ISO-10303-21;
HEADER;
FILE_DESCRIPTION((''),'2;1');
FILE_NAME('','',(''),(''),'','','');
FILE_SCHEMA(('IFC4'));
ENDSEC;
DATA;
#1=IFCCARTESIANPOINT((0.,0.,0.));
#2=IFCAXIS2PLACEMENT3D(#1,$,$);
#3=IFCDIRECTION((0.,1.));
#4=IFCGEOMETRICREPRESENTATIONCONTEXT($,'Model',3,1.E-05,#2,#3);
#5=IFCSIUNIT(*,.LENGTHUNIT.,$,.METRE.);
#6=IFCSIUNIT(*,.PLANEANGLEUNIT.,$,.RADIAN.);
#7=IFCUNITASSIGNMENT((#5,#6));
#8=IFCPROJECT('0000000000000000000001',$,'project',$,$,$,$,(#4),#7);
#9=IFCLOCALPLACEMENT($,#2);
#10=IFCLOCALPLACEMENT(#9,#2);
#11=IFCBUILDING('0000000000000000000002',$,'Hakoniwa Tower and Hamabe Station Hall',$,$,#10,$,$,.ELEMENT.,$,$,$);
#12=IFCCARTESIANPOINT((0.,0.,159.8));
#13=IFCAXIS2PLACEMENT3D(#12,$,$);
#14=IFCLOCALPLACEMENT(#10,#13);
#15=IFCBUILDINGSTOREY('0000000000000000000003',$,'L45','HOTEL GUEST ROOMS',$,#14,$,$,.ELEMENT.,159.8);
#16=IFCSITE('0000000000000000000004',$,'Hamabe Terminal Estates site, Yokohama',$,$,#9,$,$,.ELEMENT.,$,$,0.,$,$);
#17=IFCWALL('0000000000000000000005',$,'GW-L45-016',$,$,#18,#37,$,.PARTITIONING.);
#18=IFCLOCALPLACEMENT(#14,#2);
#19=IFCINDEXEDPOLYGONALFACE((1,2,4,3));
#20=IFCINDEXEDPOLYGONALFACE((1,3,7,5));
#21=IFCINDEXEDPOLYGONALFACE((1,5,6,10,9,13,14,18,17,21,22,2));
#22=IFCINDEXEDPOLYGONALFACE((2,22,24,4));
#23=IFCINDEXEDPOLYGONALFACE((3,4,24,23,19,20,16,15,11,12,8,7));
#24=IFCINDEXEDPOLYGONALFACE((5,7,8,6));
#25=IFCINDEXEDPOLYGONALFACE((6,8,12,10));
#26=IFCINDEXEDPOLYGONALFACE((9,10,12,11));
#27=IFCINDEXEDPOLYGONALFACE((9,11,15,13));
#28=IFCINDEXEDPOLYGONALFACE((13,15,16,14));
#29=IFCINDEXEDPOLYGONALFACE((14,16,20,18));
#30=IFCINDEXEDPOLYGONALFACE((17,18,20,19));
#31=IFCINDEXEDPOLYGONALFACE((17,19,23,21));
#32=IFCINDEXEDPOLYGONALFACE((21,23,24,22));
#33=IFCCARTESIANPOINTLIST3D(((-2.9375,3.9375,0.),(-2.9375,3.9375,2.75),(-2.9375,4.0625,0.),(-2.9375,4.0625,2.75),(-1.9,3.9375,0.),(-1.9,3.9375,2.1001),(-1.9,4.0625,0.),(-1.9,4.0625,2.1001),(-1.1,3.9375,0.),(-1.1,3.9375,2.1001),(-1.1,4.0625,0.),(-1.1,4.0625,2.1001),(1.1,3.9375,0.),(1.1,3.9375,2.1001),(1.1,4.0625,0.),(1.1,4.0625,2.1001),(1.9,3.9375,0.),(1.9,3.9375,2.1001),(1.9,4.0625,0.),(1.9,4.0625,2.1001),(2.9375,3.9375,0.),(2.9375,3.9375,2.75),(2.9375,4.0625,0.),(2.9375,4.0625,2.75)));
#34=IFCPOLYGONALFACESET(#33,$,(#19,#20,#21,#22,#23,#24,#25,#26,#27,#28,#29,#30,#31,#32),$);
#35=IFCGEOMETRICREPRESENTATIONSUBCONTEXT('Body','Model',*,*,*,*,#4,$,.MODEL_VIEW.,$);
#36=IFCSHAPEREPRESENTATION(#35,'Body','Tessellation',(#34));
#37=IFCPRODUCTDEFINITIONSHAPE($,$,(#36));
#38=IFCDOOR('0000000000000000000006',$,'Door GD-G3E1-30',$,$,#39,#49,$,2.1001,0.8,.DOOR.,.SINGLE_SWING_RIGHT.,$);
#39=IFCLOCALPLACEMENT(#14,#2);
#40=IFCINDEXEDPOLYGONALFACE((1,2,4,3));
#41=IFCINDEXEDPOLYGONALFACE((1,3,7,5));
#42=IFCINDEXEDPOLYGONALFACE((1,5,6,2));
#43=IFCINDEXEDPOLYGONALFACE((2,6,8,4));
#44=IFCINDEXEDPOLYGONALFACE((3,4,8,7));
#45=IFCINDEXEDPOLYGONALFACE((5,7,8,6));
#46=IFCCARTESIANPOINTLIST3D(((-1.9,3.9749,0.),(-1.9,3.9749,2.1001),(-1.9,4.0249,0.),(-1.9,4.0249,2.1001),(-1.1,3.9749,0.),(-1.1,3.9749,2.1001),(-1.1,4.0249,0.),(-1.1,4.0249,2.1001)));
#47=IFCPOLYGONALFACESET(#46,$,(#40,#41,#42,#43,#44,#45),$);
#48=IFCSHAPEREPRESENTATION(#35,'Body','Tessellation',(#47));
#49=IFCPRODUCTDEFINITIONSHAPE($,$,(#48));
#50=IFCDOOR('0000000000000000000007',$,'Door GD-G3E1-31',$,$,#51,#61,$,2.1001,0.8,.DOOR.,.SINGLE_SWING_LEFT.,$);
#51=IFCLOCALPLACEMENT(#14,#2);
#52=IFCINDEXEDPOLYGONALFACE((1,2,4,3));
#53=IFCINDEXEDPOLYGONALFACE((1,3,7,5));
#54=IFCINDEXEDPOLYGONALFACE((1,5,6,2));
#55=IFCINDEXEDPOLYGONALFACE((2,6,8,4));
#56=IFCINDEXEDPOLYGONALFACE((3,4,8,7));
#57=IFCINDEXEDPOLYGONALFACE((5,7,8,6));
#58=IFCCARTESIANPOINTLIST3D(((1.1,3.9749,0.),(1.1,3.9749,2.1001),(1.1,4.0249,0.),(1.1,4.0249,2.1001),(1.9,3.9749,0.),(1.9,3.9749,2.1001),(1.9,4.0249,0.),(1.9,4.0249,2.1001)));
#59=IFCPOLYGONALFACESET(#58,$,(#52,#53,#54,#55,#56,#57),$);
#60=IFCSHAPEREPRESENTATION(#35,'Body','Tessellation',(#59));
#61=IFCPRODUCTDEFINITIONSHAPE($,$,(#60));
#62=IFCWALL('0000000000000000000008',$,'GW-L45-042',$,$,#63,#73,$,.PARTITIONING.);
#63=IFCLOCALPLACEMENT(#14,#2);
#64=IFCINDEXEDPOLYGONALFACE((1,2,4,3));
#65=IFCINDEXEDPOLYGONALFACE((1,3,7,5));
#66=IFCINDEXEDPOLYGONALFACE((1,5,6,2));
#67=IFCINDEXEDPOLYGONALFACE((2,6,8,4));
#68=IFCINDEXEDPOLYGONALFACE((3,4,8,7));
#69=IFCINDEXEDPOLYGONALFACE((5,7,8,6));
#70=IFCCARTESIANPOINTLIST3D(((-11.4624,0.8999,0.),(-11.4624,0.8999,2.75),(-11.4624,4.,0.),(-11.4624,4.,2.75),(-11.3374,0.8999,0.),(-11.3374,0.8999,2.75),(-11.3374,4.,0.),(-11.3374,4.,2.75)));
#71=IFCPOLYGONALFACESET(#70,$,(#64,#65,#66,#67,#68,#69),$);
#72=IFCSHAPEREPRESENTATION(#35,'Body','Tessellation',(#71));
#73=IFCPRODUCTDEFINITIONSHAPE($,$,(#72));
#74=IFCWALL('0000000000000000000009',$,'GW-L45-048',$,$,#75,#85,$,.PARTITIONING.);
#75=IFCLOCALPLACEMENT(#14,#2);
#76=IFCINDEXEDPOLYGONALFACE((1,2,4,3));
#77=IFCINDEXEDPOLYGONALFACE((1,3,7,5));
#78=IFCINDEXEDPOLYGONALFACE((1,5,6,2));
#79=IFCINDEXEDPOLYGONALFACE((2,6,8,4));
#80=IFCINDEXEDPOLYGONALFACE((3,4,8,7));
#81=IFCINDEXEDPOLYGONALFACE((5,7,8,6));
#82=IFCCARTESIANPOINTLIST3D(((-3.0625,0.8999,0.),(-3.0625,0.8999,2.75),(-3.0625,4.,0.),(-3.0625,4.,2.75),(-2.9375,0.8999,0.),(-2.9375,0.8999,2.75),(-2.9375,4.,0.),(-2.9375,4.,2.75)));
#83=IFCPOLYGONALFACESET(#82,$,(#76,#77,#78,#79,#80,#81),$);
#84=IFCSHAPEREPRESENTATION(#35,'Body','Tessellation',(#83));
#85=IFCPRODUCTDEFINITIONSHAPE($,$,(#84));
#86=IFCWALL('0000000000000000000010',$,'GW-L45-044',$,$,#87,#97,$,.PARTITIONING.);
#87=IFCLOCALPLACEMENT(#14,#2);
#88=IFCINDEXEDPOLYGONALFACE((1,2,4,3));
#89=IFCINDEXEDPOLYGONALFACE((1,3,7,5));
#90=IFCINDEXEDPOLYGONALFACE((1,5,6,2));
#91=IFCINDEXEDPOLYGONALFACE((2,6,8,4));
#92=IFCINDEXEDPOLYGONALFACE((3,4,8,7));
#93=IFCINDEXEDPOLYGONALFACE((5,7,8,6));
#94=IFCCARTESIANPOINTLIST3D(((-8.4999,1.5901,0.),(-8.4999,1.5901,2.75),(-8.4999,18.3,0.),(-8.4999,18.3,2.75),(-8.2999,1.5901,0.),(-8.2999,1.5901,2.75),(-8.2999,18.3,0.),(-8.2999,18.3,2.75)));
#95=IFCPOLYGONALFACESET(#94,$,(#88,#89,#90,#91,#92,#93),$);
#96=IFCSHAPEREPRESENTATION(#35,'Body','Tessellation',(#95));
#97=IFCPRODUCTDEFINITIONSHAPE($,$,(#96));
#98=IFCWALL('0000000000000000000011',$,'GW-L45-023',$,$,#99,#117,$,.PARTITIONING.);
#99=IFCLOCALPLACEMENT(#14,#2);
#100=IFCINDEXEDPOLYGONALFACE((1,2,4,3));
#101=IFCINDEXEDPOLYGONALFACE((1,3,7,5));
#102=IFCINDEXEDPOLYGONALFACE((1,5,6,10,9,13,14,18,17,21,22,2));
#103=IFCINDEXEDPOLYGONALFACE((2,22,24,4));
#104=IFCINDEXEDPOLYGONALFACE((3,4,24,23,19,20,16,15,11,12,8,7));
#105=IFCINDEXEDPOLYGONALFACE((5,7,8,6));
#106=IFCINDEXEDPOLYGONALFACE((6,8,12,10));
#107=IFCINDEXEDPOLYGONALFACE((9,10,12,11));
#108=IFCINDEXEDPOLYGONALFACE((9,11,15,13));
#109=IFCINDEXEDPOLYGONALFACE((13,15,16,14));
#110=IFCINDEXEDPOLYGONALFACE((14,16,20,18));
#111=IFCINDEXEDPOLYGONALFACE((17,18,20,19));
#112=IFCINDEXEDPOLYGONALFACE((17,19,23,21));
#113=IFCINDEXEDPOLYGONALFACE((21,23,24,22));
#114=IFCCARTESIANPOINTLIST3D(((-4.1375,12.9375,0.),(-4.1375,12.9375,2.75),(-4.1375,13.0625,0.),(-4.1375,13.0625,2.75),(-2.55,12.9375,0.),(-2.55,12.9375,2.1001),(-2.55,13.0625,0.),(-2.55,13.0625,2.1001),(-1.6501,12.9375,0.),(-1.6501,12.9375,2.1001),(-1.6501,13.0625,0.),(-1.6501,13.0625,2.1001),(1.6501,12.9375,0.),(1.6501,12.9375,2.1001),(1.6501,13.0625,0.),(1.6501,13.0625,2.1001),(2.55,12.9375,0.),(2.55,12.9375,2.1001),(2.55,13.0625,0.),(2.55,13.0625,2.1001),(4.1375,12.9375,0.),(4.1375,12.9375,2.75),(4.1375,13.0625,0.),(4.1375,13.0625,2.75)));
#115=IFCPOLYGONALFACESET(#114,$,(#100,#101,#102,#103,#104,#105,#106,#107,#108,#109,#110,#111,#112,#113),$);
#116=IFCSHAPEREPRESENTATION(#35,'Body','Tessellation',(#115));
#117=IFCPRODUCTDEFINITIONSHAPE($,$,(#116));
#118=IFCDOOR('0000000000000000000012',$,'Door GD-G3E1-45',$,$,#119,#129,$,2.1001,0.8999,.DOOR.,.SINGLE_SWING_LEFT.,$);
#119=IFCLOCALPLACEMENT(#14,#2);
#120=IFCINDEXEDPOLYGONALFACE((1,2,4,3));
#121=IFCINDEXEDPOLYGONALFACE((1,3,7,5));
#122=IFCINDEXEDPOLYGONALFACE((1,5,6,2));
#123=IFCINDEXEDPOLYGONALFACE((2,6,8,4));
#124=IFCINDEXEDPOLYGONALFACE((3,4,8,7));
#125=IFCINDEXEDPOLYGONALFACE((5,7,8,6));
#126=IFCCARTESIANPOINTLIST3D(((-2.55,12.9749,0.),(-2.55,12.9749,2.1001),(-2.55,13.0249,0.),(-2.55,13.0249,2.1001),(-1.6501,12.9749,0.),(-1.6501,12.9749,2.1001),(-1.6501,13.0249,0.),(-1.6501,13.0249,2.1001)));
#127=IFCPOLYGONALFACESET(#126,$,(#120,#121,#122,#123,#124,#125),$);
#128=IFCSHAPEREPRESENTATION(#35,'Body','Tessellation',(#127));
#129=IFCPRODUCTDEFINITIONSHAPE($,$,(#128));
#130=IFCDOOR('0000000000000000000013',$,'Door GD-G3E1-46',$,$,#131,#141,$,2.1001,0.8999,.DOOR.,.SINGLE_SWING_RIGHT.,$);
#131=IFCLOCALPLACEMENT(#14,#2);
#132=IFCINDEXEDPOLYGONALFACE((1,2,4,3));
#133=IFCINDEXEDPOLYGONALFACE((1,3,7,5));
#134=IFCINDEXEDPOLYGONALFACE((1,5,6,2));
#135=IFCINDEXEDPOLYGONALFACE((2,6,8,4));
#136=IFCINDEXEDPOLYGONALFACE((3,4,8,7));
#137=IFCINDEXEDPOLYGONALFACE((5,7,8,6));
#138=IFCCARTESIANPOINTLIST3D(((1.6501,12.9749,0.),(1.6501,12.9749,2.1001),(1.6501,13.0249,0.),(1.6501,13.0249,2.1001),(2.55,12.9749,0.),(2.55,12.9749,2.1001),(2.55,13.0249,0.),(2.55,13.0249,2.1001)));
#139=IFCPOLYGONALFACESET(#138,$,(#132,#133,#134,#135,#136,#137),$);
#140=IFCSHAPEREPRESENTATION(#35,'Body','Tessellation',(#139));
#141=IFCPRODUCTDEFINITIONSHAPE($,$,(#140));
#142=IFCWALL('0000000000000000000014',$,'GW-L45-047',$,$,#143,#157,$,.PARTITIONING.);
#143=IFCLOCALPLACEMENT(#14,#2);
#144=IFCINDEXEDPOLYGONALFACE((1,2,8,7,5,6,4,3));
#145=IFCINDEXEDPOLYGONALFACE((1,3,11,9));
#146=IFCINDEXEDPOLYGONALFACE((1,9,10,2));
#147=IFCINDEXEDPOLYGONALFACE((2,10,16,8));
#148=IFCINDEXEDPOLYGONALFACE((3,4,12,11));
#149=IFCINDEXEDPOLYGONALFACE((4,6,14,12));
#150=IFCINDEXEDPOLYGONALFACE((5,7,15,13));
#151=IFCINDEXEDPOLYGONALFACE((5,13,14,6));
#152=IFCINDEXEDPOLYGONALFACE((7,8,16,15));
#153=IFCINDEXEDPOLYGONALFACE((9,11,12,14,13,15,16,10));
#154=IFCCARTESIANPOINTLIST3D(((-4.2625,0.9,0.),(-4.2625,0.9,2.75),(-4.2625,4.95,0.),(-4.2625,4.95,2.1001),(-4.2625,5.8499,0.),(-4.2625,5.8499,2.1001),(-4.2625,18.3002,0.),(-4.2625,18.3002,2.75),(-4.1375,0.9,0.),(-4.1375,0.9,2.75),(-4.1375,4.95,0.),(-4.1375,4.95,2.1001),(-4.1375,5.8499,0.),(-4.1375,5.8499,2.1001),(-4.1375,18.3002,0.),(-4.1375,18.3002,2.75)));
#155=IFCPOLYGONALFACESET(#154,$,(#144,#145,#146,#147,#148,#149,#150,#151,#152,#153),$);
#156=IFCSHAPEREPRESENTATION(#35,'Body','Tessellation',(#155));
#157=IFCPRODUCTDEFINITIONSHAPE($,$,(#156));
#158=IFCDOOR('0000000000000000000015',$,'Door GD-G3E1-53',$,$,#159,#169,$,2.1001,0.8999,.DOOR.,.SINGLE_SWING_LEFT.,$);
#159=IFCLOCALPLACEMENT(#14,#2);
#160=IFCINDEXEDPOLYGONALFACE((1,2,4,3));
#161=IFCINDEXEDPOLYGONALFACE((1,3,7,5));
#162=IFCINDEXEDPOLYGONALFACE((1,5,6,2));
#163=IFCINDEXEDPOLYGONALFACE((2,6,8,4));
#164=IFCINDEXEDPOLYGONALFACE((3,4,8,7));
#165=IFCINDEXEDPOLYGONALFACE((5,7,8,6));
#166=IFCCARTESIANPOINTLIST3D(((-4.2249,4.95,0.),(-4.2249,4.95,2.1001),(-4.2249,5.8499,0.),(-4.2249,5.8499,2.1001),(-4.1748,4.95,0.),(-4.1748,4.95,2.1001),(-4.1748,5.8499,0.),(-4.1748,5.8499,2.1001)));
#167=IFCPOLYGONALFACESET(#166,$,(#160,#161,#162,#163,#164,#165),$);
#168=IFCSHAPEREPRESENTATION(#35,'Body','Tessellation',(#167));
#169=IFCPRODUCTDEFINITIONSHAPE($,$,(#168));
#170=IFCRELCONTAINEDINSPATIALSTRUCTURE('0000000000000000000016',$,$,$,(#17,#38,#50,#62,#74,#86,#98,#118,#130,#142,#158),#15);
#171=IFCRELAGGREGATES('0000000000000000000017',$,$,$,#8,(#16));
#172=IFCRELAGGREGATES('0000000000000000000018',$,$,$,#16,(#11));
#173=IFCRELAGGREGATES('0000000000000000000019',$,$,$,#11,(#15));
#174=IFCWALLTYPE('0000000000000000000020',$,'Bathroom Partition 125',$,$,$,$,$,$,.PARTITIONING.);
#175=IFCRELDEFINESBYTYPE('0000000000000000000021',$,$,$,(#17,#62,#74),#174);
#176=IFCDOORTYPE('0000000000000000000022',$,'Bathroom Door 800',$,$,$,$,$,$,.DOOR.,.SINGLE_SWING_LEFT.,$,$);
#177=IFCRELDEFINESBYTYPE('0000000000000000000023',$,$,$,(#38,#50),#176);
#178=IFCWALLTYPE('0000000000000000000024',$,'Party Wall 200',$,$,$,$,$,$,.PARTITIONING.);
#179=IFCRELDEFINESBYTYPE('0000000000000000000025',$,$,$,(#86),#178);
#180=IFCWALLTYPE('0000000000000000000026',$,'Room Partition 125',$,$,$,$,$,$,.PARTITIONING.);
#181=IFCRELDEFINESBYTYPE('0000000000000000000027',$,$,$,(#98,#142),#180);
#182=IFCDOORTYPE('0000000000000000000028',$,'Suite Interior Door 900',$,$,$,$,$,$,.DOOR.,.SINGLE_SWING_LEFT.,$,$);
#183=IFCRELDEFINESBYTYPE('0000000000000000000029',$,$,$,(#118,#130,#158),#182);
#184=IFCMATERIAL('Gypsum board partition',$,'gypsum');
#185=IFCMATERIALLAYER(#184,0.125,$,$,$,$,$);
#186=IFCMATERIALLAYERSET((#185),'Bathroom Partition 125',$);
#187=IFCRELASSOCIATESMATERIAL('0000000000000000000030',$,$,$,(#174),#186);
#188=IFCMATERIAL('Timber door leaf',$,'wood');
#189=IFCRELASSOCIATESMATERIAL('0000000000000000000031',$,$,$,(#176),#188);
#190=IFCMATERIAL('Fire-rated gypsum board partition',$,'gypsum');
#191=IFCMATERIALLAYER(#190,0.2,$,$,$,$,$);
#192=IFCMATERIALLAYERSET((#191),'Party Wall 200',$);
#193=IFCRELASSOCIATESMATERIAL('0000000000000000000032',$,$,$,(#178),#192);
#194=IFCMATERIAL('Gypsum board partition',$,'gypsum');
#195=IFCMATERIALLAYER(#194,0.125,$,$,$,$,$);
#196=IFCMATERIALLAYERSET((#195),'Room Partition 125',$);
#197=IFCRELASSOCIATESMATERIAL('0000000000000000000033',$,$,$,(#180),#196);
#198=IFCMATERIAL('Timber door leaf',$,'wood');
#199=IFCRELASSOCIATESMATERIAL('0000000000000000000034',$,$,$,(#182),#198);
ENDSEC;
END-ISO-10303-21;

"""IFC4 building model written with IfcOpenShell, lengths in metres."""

from ifc_helpers import new_model, si_unit, direction, frame, frame_2d, origin, place, context, subcontext, project, spatial, rectangle, extrude, material, layer, layer_set, type_object, element, fill, save


model = new_model("IFC4")

# Units and contexts
model_context = context("Model", 3, precision=1e-05, world=origin(), true_north=direction((0.0, 1.0)))
body_context = subcontext(model_context, "Body", "Model", "MODEL_VIEW")
ifc_project = project(units=[si_unit("LENGTHUNIT", "METRE"), si_unit("PLANEANGLEUNIT", "RADIAN")], contexts=[model_context])

# Site, building, storey
site_placement = place(None, origin())
site = spatial("IfcSite", under=ifc_project, at=site_placement, Name="Hamabe Terminal Estates site, Yokohama", CompositionType="ELEMENT", RefElevation=0.0)
building_placement = place(site_placement, origin())
building = spatial("IfcBuilding", under=site, at=building_placement, Name="Hakoniwa Tower and Hamabe Station Hall", CompositionType="ELEMENT")
storey_placement = place(building_placement, frame((0.0, 0.0, 159.8)))
storey = spatial("IfcBuildingStorey", under=building, at=storey_placement, Name="L45", Description="HOTEL GUEST ROOMS", CompositionType="ELEMENT", Elevation=159.8)

# Shared definitions
ifc_material_1 = material(Name="Gypsum board partition", Category="gypsum")
ifc_layer_1 = layer(ifc_material_1, 0.125)
ifc_layer_set_1 = layer_set([ifc_layer_1], Name="Bathroom Partition 125")
wall_type_1 = type_object("IfcWallType", Name="Bathroom Partition 125", PredefinedType="PARTITIONING", material=ifc_layer_set_1)
ifc_material_2 = material(Name="Timber door leaf", Category="wood")
door_type_1 = type_object("IfcDoorType", Name="Bathroom Door 800", OperationType="SINGLE_SWING_LEFT", PredefinedType="DOOR", material=ifc_material_2)

# Wall, openings, doors
wall_1_placement = place(storey_placement, frame((-2.9375, 4.0, 0.0), z_axis=(0.0, 0.0, 1.0), x_axis=(1.0, 0.0, 0.0)))
wall_1 = element("IfcWall", 1, at=wall_1_placement, inside=storey, type_object=wall_type_1, Name="GW-L45-016", PredefinedType="PARTITIONING", context=body_context, shape_type="SweptSolid", body=[
    extrude(rectangle(XDim=5.875, YDim=0.125, at=frame_2d((2.9375, 0.0))), origin(), (0.0, 0.0, 1.0), 2.75),
])
opening_1_placement = place(wall_1_placement, frame((1.0376, 0.0, 0.0)))
opening_1 = element("IfcOpeningElement", 2, at=opening_1_placement, cuts=wall_1, PredefinedType="OPENING", context=body_context, shape_type="SweptSolid", body=[
    extrude(rectangle(XDim=0.8, YDim=2.1001, at=frame_2d((0.3999, 1.05))), frame((0.0, 0.0725, 0.0), z_axis=(0.0, -1.0, 0.0), x_axis=(1.0, 0.0, 0.0)), (0.0, 0.0, 1.0), 0.145),
])
opening_2_placement = place(wall_1_placement, frame((4.0376, 0.0, 0.0)))
opening_2 = element("IfcOpeningElement", 3, at=opening_2_placement, cuts=wall_1, PredefinedType="OPENING", context=body_context, shape_type="SweptSolid", body=[
    extrude(rectangle(XDim=0.8, YDim=2.1001, at=frame_2d((0.3999, 1.05))), frame((0.0, 0.0725, 0.0), z_axis=(0.0, -1.0, 0.0), x_axis=(1.0, 0.0, 0.0)), (0.0, 0.0, 1.0), 0.145),
])
door_1_placement = place(opening_1_placement, origin())
door_1 = element("IfcDoor", 4, at=door_1_placement, inside=storey, type_object=door_type_1, Name="Door GD-G3E1-30", OperationType="SINGLE_SWING_RIGHT", OverallHeight=2.1001, OverallWidth=0.8, PredefinedType="DOOR", context=body_context, shape_type="SweptSolid", body=[
    extrude(rectangle(XDim=0.8, YDim=2.1001, at=frame_2d((0.3999, 1.05))), frame((0.0, 0.0249, 0.0), z_axis=(0.0, -1.0, 0.0), x_axis=(1.0, 0.0, 0.0)), (0.0, 0.0, 1.0), 0.05),
])
fill(opening_1, door_1)
door_2_placement = place(opening_2_placement, origin())
door_2 = element("IfcDoor", 5, at=door_2_placement, inside=storey, type_object=door_type_1, Name="Door GD-G3E1-31", OperationType="SINGLE_SWING_LEFT", OverallHeight=2.1001, OverallWidth=0.8, PredefinedType="DOOR", context=body_context, shape_type="SweptSolid", body=[
    extrude(rectangle(XDim=0.8, YDim=2.1001, at=frame_2d((0.3999, 1.05))), frame((0.0, 0.0249, 0.0), z_axis=(0.0, -1.0, 0.0), x_axis=(1.0, 0.0, 0.0)), (0.0, 0.0, 1.0), 0.05),
])
fill(opening_2, door_2)

# Walls
for number, where, z_axis, x_axis, name in (
    (6, (-11.3999, 0.8999, 0.0), (0.0, 0.0, 1.0), (0.0, 1.0, 0.0), "GW-L45-042"),
    (7, (-3.0, 0.8999, 0.0), (0.0, 0.0, 1.0), (0.0, 1.0, 0.0), "GW-L45-048"),
):
    element("IfcWall", number, at=place(storey_placement, frame(where, z_axis=z_axis, x_axis=x_axis)), inside=storey, type_object=wall_type_1, Name=name, PredefinedType="PARTITIONING", context=body_context, shape_type="SweptSolid", body=[
        extrude(rectangle(XDim=3.1001, YDim=0.125, at=frame_2d((1.55, 0.0))), origin(), (0.0, 0.0, 1.0), 2.75),
    ])
ifc_material_3 = material(Name="Fire-rated gypsum board partition", Category="gypsum")
ifc_layer_2 = layer(ifc_material_3, 0.2)
ifc_layer_set_2 = layer_set([ifc_layer_2], Name="Party Wall 200")
wall_type_2 = type_object("IfcWallType", Name="Party Wall 200", PredefinedType="PARTITIONING", material=ifc_layer_set_2)
wall_2_placement = place(storey_placement, frame((-8.3999, 1.5901, 0.0), z_axis=(0.0, 0.0, 1.0), x_axis=(0.0, 1.0, 0.0)))
element("IfcWall", 8, at=wall_2_placement, inside=storey, type_object=wall_type_2, Name="GW-L45-044", PredefinedType="PARTITIONING", context=body_context, shape_type="SweptSolid", body=[
    extrude(rectangle(XDim=16.71, YDim=0.2, at=frame_2d((8.355, 0.0))), origin(), (0.0, 0.0, 1.0), 2.75),
])

# Wall, openings, doors
ifc_material_4 = material(Name="Gypsum board partition", Category="gypsum")
ifc_layer_3 = layer(ifc_material_4, 0.125)
ifc_layer_set_3 = layer_set([ifc_layer_3], Name="Room Partition 125")
wall_type_3 = type_object("IfcWallType", Name="Room Partition 125", PredefinedType="PARTITIONING", material=ifc_layer_set_3)
wall_3_placement = place(storey_placement, frame((-4.1375, 13.0, 0.0), z_axis=(0.0, 0.0, 1.0), x_axis=(1.0, 0.0, 0.0)))
wall_3 = element("IfcWall", 9, at=wall_3_placement, inside=storey, type_object=wall_type_3, Name="GW-L45-023", PredefinedType="PARTITIONING", context=body_context, shape_type="SweptSolid", body=[
    extrude(rectangle(XDim=8.2749, YDim=0.125, at=frame_2d((4.1375, 0.0))), origin(), (0.0, 0.0, 1.0), 2.75),
])
opening_3_placement = place(wall_3_placement, frame((1.5874, 0.0, 0.0)))
opening_3 = element("IfcOpeningElement", 10, at=opening_3_placement, cuts=wall_3, PredefinedType="OPENING", context=body_context, shape_type="SweptSolid", body=[
    extrude(rectangle(XDim=0.8999, YDim=2.1001, at=frame_2d((0.45, 1.05))), frame((0.0, 0.0725, 0.0), z_axis=(0.0, -1.0, 0.0), x_axis=(1.0, 0.0, 0.0)), (0.0, 0.0, 1.0), 0.145),
])
opening_4_placement = place(wall_3_placement, frame((5.7876, 0.0, 0.0)))
opening_4 = element("IfcOpeningElement", 11, at=opening_4_placement, cuts=wall_3, PredefinedType="OPENING", context=body_context, shape_type="SweptSolid", body=[
    extrude(rectangle(XDim=0.8999, YDim=2.1001, at=frame_2d((0.45, 1.05))), frame((0.0, 0.0725, 0.0), z_axis=(0.0, -1.0, 0.0), x_axis=(1.0, 0.0, 0.0)), (0.0, 0.0, 1.0), 0.145),
])
ifc_material_5 = material(Name="Timber door leaf", Category="wood")
door_type_2 = type_object("IfcDoorType", Name="Suite Interior Door 900", OperationType="SINGLE_SWING_LEFT", PredefinedType="DOOR", material=ifc_material_5)
door_3_placement = place(opening_3_placement, origin())
door_3 = element("IfcDoor", 12, at=door_3_placement, inside=storey, type_object=door_type_2, Name="Door GD-G3E1-45", OperationType="SINGLE_SWING_LEFT", OverallHeight=2.1001, OverallWidth=0.8999, PredefinedType="DOOR", context=body_context, shape_type="SweptSolid", body=[
    extrude(rectangle(XDim=0.8999, YDim=2.1001, at=frame_2d((0.45, 1.05))), frame((0.0, 0.0249, 0.0), z_axis=(0.0, -1.0, 0.0), x_axis=(1.0, 0.0, 0.0)), (0.0, 0.0, 1.0), 0.05),
])
fill(opening_3, door_3)
door_4_placement = place(opening_4_placement, origin())
door_4 = element("IfcDoor", 13, at=door_4_placement, inside=storey, type_object=door_type_2, Name="Door GD-G3E1-46", OperationType="SINGLE_SWING_RIGHT", OverallHeight=2.1001, OverallWidth=0.8999, PredefinedType="DOOR", context=body_context, shape_type="SweptSolid", body=[
    extrude(rectangle(XDim=0.8999, YDim=2.1001, at=frame_2d((0.45, 1.05))), frame((0.0, 0.0249, 0.0), z_axis=(0.0, -1.0, 0.0), x_axis=(1.0, 0.0, 0.0)), (0.0, 0.0, 1.0), 0.05),
])
fill(opening_4, door_4)

# Wall, opening, door
wall_4_placement = place(storey_placement, frame((-4.2, 0.8999, 0.0), z_axis=(0.0, 0.0, 1.0), x_axis=(0.0, 1.0, 0.0)))
wall_4 = element("IfcWall", 14, at=wall_4_placement, inside=storey, type_object=wall_type_3, Name="GW-L45-047", PredefinedType="PARTITIONING", context=body_context, shape_type="SweptSolid", body=[
    extrude(rectangle(XDim=17.4001, YDim=0.125, at=frame_2d((8.7002, 0.0))), origin(), (0.0, 0.0, 1.0), 2.75),
])
opening_5_placement = place(wall_4_placement, frame((4.05, 0.0, 0.0)))
opening_5 = element("IfcOpeningElement", 15, at=opening_5_placement, cuts=wall_4, PredefinedType="OPENING", context=body_context, shape_type="SweptSolid", body=[
    extrude(rectangle(XDim=0.8999, YDim=2.1001, at=frame_2d((0.45, 1.05))), frame((0.0, 0.0725, 0.0), z_axis=(0.0, -1.0, 0.0), x_axis=(1.0, 0.0, 0.0)), (0.0, 0.0, 1.0), 0.145),
])
door_5_placement = place(opening_5_placement, origin())
door_5 = element("IfcDoor", 16, at=door_5_placement, inside=storey, type_object=door_type_2, Name="Door GD-G3E1-53", OperationType="SINGLE_SWING_LEFT", OverallHeight=2.1001, OverallWidth=0.8999, PredefinedType="DOOR", context=body_context, shape_type="SweptSolid", body=[
    extrude(rectangle(XDim=0.8999, YDim=2.1001, at=frame_2d((0.45, 1.05))), frame((0.0, 0.0249, 0.0), z_axis=(0.0, -1.0, 0.0), x_axis=(1.0, 0.0, 0.0)), (0.0, 0.0, 1.0), 0.05),
])
fill(opening_5, door_5)

save(model, "model.ifc")
